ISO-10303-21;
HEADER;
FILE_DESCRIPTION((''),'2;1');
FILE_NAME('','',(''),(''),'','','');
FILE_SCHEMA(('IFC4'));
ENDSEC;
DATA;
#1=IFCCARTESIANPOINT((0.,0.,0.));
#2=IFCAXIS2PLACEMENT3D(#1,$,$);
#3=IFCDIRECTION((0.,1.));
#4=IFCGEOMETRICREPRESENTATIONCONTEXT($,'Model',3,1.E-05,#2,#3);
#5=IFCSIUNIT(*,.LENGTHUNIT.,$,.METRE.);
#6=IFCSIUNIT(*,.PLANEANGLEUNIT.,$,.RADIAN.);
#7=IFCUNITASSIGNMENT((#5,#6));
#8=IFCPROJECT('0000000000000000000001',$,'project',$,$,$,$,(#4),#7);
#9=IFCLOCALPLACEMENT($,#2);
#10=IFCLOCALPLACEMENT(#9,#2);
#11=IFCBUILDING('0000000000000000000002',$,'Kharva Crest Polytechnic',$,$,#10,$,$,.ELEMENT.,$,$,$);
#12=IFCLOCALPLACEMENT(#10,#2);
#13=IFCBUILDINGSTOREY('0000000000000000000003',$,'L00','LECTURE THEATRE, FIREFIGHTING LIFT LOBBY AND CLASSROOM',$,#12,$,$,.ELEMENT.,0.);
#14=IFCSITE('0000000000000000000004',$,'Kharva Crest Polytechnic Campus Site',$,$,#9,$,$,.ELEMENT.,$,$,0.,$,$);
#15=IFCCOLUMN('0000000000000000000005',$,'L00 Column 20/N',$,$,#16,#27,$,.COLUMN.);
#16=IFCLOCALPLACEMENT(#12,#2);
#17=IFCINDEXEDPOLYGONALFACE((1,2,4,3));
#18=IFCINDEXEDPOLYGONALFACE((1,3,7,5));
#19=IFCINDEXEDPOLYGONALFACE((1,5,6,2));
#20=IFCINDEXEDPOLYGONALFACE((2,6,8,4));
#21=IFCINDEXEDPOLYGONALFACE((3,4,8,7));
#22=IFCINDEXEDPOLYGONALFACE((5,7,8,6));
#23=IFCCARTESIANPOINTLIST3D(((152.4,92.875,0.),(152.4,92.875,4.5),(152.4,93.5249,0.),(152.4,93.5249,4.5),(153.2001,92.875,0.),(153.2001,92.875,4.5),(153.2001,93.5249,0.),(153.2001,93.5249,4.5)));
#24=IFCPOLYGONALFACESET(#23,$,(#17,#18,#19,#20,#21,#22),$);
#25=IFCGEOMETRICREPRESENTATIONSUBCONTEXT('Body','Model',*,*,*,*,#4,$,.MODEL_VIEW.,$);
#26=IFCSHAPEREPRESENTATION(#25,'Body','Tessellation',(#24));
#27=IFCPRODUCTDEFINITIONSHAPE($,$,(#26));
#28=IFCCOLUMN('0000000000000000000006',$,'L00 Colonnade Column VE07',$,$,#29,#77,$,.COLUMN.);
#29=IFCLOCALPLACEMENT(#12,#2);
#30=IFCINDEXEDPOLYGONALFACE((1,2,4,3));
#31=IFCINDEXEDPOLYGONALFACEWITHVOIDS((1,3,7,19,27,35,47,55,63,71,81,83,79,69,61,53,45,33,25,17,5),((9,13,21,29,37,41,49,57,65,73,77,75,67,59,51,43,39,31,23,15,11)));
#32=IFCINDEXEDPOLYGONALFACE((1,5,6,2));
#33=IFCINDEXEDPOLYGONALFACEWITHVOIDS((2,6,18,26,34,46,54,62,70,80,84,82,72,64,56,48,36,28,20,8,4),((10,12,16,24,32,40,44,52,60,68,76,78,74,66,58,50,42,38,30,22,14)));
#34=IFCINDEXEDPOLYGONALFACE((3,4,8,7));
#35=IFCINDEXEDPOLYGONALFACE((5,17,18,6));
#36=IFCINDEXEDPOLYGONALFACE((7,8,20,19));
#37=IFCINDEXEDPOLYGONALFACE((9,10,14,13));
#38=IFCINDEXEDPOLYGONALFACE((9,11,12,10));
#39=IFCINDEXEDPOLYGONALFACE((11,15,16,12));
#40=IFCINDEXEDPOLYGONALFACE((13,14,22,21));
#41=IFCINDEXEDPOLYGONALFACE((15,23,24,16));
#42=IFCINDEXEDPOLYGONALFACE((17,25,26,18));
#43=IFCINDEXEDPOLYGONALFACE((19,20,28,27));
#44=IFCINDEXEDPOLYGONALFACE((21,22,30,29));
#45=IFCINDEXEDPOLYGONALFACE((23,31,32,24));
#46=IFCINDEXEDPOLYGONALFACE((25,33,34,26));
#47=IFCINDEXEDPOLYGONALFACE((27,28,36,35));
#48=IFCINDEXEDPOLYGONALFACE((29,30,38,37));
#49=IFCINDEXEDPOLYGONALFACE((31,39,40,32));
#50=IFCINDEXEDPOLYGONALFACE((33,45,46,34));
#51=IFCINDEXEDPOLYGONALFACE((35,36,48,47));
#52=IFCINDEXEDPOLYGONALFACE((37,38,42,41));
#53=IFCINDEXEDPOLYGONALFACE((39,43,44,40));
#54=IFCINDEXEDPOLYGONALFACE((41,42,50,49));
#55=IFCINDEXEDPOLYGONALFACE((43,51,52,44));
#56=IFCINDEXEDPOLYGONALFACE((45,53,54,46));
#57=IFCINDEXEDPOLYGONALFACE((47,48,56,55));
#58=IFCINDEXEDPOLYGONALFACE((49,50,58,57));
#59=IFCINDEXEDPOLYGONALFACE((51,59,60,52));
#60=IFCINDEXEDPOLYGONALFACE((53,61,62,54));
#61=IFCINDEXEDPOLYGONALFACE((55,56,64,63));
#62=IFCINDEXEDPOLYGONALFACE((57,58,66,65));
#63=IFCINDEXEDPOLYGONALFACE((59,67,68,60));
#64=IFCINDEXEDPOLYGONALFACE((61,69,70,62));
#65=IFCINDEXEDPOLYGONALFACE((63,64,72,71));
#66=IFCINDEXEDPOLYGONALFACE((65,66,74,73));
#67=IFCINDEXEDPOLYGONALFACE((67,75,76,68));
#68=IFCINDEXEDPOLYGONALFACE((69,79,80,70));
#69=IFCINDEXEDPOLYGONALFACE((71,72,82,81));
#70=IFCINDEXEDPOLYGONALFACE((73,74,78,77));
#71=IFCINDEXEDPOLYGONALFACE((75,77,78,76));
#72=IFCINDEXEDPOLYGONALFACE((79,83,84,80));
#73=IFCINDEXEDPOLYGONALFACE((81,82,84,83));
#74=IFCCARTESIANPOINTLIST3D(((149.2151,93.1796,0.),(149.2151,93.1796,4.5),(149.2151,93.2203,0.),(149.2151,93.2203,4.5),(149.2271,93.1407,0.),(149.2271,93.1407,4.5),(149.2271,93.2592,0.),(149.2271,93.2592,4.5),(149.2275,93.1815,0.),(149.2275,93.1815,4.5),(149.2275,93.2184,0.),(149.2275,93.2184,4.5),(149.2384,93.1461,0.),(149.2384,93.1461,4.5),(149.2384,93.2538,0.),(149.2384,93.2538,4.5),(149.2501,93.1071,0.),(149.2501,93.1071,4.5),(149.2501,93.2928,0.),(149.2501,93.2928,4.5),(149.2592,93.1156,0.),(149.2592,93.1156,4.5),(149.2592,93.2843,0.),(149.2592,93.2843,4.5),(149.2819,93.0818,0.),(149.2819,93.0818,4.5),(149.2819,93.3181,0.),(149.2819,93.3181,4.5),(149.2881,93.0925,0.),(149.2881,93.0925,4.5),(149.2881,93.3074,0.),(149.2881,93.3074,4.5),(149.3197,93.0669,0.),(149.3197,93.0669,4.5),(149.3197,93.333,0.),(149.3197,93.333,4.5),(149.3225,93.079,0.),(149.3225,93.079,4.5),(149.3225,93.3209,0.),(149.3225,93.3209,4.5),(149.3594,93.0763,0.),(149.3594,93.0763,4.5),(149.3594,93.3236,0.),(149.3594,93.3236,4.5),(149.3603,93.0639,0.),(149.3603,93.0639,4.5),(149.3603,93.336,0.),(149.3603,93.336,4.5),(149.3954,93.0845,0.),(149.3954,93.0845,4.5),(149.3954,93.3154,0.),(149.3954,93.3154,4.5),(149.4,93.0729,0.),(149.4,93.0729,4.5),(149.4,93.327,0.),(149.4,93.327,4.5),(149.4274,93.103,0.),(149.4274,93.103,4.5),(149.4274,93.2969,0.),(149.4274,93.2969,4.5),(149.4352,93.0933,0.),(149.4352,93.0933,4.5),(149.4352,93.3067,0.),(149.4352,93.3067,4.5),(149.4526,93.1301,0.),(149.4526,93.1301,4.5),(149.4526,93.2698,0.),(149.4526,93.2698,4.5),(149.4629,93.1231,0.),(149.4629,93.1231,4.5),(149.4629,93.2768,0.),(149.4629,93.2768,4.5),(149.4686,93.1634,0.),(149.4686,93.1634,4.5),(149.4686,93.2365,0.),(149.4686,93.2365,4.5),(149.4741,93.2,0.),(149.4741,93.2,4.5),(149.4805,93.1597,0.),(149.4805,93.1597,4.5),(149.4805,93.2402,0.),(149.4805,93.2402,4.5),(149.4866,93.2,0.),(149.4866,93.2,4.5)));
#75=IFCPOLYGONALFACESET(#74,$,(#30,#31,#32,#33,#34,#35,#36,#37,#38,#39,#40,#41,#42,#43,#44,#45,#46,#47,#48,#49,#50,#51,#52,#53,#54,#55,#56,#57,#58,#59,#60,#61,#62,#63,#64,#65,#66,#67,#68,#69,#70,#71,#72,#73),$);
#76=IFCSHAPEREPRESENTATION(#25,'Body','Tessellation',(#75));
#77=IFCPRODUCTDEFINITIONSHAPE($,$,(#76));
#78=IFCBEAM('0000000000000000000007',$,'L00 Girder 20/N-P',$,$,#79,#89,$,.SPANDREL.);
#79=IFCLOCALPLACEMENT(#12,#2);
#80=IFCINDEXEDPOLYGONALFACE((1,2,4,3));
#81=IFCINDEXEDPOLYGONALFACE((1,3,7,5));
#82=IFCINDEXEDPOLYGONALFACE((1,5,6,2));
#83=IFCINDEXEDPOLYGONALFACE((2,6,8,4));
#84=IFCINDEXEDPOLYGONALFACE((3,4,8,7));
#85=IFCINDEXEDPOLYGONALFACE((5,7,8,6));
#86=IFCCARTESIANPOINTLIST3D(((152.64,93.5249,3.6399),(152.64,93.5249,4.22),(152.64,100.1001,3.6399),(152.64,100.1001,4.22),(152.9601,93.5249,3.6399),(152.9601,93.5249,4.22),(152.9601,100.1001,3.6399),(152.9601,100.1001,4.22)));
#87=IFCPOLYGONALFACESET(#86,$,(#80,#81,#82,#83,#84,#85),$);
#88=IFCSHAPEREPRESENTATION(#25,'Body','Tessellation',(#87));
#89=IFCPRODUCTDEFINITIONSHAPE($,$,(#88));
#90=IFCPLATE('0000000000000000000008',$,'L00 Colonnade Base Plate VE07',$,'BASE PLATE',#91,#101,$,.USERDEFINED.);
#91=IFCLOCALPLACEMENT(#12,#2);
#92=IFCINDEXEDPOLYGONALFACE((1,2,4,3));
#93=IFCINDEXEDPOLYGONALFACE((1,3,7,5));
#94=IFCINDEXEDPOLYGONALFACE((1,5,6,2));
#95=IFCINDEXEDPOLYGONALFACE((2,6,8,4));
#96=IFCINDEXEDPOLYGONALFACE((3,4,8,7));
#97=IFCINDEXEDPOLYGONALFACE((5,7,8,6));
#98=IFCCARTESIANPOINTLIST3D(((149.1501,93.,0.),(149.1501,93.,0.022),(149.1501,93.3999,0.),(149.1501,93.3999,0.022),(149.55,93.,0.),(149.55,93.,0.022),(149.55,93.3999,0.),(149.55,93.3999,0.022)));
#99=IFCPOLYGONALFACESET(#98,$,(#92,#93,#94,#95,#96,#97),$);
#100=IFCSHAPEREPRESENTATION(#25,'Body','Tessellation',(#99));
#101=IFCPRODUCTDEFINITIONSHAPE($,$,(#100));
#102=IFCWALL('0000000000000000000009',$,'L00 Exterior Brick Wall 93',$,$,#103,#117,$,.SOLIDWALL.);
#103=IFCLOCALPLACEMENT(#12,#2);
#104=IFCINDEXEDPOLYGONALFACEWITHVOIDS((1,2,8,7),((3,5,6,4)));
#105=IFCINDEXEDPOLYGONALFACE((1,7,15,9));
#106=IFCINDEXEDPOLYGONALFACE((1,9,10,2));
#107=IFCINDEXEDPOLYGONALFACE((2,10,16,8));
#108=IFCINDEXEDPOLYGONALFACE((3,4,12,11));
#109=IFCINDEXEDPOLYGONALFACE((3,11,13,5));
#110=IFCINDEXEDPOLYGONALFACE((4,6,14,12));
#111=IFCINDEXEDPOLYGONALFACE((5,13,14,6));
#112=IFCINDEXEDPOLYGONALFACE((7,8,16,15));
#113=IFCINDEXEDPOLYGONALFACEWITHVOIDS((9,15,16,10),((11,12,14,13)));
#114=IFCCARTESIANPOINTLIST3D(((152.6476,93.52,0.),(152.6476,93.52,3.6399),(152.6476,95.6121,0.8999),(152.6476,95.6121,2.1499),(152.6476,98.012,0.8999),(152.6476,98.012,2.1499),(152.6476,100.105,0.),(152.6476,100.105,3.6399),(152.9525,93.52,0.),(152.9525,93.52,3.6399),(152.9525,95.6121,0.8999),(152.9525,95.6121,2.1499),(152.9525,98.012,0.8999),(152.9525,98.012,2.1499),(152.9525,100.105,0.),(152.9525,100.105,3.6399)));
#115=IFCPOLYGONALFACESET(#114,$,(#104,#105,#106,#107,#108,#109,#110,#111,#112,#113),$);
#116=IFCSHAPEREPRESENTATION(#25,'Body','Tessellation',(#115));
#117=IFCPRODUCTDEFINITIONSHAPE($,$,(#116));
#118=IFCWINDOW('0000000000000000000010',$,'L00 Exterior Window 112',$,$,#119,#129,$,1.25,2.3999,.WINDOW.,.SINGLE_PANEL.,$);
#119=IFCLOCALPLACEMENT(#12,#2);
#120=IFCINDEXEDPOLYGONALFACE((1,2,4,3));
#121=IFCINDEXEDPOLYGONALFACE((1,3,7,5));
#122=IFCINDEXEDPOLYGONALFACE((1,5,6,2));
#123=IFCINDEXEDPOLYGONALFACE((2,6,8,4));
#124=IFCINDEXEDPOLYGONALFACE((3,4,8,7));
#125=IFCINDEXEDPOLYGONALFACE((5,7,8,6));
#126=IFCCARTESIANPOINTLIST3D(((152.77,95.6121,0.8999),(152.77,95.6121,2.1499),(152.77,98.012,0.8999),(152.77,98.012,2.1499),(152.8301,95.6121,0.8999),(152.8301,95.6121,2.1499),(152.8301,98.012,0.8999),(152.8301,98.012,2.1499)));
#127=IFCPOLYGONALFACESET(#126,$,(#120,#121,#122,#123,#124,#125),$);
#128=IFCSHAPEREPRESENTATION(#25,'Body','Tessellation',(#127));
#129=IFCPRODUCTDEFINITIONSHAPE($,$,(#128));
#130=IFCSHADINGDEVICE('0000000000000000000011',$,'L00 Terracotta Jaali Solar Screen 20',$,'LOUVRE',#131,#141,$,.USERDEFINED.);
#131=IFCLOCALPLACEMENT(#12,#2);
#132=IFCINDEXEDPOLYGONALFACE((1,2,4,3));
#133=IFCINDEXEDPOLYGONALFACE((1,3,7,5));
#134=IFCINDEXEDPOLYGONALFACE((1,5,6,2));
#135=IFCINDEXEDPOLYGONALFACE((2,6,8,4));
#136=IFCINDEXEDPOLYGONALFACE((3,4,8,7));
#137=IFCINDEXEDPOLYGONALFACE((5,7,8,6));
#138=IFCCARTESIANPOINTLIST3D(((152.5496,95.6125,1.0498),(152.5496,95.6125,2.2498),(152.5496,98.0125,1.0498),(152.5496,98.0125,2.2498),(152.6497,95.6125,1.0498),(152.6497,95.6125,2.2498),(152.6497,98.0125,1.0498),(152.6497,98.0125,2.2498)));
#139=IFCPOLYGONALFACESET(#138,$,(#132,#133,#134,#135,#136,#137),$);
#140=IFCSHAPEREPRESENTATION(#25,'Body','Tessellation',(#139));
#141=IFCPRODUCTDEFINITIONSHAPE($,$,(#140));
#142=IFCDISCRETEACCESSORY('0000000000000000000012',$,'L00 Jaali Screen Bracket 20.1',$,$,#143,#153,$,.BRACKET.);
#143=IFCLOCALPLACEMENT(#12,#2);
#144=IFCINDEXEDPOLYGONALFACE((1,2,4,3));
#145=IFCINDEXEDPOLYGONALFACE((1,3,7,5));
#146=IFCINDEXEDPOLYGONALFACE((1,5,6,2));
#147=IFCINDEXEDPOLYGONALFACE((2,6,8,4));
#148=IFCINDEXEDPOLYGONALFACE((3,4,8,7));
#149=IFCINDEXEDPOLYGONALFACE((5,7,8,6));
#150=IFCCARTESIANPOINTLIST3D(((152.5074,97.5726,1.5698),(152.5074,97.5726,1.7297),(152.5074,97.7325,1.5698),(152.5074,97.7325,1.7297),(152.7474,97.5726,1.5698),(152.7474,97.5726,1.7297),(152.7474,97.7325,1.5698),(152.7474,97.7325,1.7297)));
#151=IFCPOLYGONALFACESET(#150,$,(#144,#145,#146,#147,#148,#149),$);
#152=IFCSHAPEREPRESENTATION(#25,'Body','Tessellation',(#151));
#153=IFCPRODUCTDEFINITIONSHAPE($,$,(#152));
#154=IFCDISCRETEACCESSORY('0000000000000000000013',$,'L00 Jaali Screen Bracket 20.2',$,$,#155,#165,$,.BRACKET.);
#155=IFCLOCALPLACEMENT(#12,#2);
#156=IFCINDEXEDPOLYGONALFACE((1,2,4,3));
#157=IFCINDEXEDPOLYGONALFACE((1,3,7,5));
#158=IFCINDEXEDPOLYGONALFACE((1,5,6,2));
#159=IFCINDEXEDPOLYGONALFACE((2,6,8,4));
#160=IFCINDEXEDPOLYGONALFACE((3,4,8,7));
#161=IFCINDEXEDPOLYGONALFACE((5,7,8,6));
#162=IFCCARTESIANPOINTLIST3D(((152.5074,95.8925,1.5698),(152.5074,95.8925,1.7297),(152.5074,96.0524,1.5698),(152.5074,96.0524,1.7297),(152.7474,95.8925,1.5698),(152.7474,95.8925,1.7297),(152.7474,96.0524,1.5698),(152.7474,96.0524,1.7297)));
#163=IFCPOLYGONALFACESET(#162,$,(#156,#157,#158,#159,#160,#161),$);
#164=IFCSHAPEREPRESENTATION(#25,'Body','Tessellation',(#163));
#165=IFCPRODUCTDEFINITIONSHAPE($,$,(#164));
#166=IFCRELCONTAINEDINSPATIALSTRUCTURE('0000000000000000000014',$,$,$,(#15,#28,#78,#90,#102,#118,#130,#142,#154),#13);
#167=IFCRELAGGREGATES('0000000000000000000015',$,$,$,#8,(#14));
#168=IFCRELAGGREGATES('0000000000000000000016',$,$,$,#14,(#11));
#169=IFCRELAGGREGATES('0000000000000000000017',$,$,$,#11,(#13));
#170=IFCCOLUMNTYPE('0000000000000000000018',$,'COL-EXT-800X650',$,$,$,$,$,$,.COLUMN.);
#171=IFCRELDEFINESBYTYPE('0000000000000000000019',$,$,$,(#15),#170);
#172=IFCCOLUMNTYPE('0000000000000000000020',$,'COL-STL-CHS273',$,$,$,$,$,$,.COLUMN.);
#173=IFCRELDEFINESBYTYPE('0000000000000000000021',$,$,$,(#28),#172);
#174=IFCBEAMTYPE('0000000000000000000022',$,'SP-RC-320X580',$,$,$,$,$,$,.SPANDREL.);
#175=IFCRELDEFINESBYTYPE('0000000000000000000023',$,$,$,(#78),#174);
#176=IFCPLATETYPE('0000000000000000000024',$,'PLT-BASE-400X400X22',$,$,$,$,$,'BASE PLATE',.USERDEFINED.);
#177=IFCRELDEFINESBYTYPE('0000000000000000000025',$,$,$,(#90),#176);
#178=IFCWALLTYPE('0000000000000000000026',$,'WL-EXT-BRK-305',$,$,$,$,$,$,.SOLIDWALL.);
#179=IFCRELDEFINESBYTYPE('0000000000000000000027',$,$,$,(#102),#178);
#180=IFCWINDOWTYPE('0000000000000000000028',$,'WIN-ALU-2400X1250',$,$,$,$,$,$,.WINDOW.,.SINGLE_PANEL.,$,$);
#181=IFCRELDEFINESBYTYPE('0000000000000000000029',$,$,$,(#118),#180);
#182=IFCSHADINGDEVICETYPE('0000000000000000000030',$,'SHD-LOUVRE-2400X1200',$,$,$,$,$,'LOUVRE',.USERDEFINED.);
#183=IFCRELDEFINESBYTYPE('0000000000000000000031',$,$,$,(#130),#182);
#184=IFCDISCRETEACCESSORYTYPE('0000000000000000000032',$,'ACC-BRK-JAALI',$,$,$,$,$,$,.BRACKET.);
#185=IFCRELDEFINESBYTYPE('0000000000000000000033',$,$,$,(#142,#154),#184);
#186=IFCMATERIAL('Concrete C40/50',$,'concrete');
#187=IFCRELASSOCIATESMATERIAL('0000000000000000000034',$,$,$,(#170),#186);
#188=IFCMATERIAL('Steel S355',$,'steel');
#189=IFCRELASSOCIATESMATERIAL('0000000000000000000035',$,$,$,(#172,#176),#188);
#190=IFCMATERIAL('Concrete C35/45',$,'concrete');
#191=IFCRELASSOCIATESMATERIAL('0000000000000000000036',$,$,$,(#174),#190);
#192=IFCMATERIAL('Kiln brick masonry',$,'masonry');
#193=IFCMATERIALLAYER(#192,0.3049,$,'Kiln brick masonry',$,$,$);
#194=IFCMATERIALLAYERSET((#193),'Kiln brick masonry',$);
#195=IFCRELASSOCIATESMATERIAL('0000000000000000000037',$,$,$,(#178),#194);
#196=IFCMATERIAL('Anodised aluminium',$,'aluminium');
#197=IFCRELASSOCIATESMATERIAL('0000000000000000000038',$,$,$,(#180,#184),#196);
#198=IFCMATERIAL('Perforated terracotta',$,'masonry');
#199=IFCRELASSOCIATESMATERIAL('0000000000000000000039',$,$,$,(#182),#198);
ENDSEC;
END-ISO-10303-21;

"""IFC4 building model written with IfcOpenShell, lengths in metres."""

from ifc_helpers import new_model, si_unit, direction, frame, frame_2d, origin, origin_2d, place, context, subcontext, project, spatial, rectangle, hollow_circle, extrude, material, layer, layer_set, material_profile, profile_set, type_object, element, fill, save


model = new_model("IFC4")

# Units and contexts
model_context = context("Model", 3, precision=1e-05, world=origin(), true_north=direction((0.0, 1.0)))
body_context = subcontext(model_context, "Body", "Model", "MODEL_VIEW")
ifc_project = project(units=[si_unit("LENGTHUNIT", "METRE"), si_unit("PLANEANGLEUNIT", "RADIAN")], contexts=[model_context])

# Site, building, storey
site_placement = place(None, origin())
site = spatial("IfcSite", under=ifc_project, at=site_placement, Name="Kharva Crest Polytechnic Campus Site", CompositionType="ELEMENT", RefElevation=0.0)
building_placement = place(site_placement, origin())
building = spatial("IfcBuilding", under=site, at=building_placement, Name="Kharva Crest Polytechnic", CompositionType="ELEMENT")
storey_placement = place(building_placement, origin())
storey = spatial("IfcBuildingStorey", under=building, at=storey_placement, Name="L00", Description="LECTURE THEATRE, FIREFIGHTING LIFT LOBBY AND CLASSROOM", CompositionType="ELEMENT", Elevation=0.0)

# Shared definitions
ifc_material_1 = material(Name="Concrete C35/45", Category="concrete")

# Columns
ifc_material_2 = material(Name="Concrete C40/50", Category="concrete")
ifc_material_profile_1 = material_profile(ifc_material_2, rectangle(XDim=0.8, YDim=0.6499, at=origin_2d()), Name="RECT 800 X 650")
ifc_profile_set_1 = profile_set([ifc_material_profile_1], Name="Concrete C40/50")
column_type_1 = type_object("IfcColumnType", Name="COL-EXT-800X650", PredefinedType="COLUMN", material=ifc_profile_set_1)
column_1_placement = place(storey_placement, frame((152.8, 93.2, 0.0), z_axis=(0.0, 0.0, 1.0), x_axis=(1.0, 0.0, 0.0)))
element("IfcColumn", 1, at=column_1_placement, inside=storey, type_object=column_type_1, Name="L00 Column 20/N", PredefinedType="COLUMN", context=body_context, shape_type="SweptSolid", body=[
    extrude(rectangle(XDim=0.8, YDim=0.6499, at=origin_2d()), origin(), (0.0, 0.0, 1.0), 4.5),
])
ifc_material_3 = material(Name="Steel S355", Category="steel")
ifc_material_profile_2 = material_profile(ifc_material_3, hollow_circle(Radius=0.1365, WallThickness=0.0125, at=origin_2d()), Name="CHS 273.0X12.5")
ifc_profile_set_2 = profile_set([ifc_material_profile_2], Name="Steel S355")
column_type_2 = type_object("IfcColumnType", Name="COL-STL-CHS273", PredefinedType="COLUMN", material=ifc_profile_set_2)
column_2_placement = place(storey_placement, frame((149.3501, 93.2, 0.0), z_axis=(0.0, 0.0, 1.0), x_axis=(1.0, 0.0, 0.0)))
element("IfcColumn", 2, at=column_2_placement, inside=storey, type_object=column_type_2, Name="L00 Colonnade Column VE07", PredefinedType="COLUMN", context=body_context, shape_type="SweptSolid", body=[
    extrude(hollow_circle(Radius=0.1365, WallThickness=0.0125, at=origin_2d()), origin(), (0.0, 0.0, 1.0), 4.5),
])

# Beam
ifc_material_profile_3 = material_profile(ifc_material_1, rectangle(XDim=0.3201, YDim=0.5801, at=origin_2d()), Name="RECT 320 X 580")
ifc_profile_set_3 = profile_set([ifc_material_profile_3], Name="Concrete C35/45")
beam_type = type_object("IfcBeamType", Name="SP-RC-320X580", PredefinedType="SPANDREL", material=ifc_profile_set_3)
beam_placement = place(storey_placement, frame((152.8, 93.5249, 3.9299), z_axis=(0.0, 1.0, 0.0), x_axis=(-1.0, 0.0, 0.0)))
element("IfcBeam", 3, at=beam_placement, inside=storey, type_object=beam_type, Name="L00 Girder 20/N-P", PredefinedType="SPANDREL", context=body_context, shape_type="SweptSolid", body=[
    extrude(rectangle(XDim=0.3201, YDim=0.5801, at=origin_2d()), origin(), (0.0, 0.0, 1.0), 6.5752),
])

# Plate
plate_type = type_object("IfcPlateType", Name="PLT-BASE-400X400X22", ElementType="BASE PLATE", PredefinedType="USERDEFINED", material=ifc_material_3)
plate_placement = place(storey_placement, frame((149.3501, 93.2, 0.0), z_axis=(0.0, 0.0, 1.0), x_axis=(1.0, 0.0, 0.0)))
element("IfcPlate", 4, at=plate_placement, inside=storey, type_object=plate_type, Name="L00 Colonnade Base Plate VE07", ObjectType="BASE PLATE", PredefinedType="USERDEFINED", context=body_context, shape_type="SweptSolid", body=[
    extrude(rectangle(XDim=0.3999, YDim=0.3999, at=origin_2d()), origin(), (0.0, 0.0, 1.0), 0.022),
])

# Shared definitions
ifc_material_4 = material(Name="Kiln brick masonry", Category="masonry")
ifc_material_5 = material(Name="Anodised aluminium", Category="aluminium")

# Wall, opening, window
ifc_layer_1 = layer(ifc_material_4, 0.3049, Name="Kiln brick masonry")
ifc_layer_set_1 = layer_set([ifc_layer_1], Name="Kiln brick masonry")
wall_type_1 = type_object("IfcWallType", Name="WL-EXT-BRK-305", PredefinedType="SOLIDWALL", material=ifc_layer_set_1)
wall_1_placement = place(storey_placement, frame((152.8, 100.105, 0.0), z_axis=(0.0, 0.0, 1.0), x_axis=(0.0, -1.0, 0.0)))
wall_1 = element("IfcWall", 5, at=wall_1_placement, inside=storey, type_object=wall_type_1, Name="L00 Exterior Brick Wall 93", PredefinedType="SOLIDWALL", context=body_context, shape_type="SweptSolid", body=[
    extrude(rectangle(XDim=6.585, YDim=0.3049, at=frame_2d((3.2925, 0.0))), origin(), (0.0, 0.0, 1.0), 3.6399),
])
opening_1_placement = place(wall_1_placement, frame((2.093, 0.0, 0.8999)))
opening_1 = element("IfcOpeningElement", 6, at=opening_1_placement, cuts=wall_1, PredefinedType="OPENING", context=body_context, shape_type="SweptSolid", body=[
    extrude(rectangle(XDim=2.3999, YDim=1.25, at=frame_2d((1.2, 0.625))), frame((0.0, 0.1624, 0.0), z_axis=(0.0, -1.0, 0.0), x_axis=(1.0, 0.0, 0.0)), (0.0, 0.0, 1.0), 0.325),
])
window_type = type_object("IfcWindowType", Name="WIN-ALU-2400X1250", PartitioningType="SINGLE_PANEL", PredefinedType="WINDOW", material=ifc_material_5)
window_placement = place(opening_1_placement, origin())
window = element("IfcWindow", 7, at=window_placement, inside=storey, type_object=window_type, Name="L00 Exterior Window 112", OverallHeight=1.25, OverallWidth=2.3999, PartitioningType="SINGLE_PANEL", PredefinedType="WINDOW", context=body_context, shape_type="SweptSolid", body=[
    extrude(rectangle(XDim=2.3999, YDim=1.25, at=frame_2d((1.2, 0.625))), frame((0.0, 0.03, 0.0), z_axis=(0.0, -1.0, 0.0), x_axis=(1.0, 0.0, 0.0)), (0.0, 0.0, 1.0), 0.0601),
])
fill(opening_1, window)

# Shading device
ifc_material_6 = material(Name="Perforated terracotta", Category="masonry")
shading_device_type = type_object("IfcShadingDeviceType", Name="SHD-LOUVRE-2400X1200", ElementType="LOUVRE", PredefinedType="USERDEFINED", material=ifc_material_6)
shading_device_placement = place(storey_placement, frame((152.5996, 96.8125, 1.0498), z_axis=(0.0, 0.0, 1.0), x_axis=(0.0, 1.0, 0.0)))
element("IfcShadingDevice", 8, at=shading_device_placement, inside=storey, type_object=shading_device_type, Name="L00 Terracotta Jaali Solar Screen 20", ObjectType="LOUVRE", PredefinedType="USERDEFINED", context=body_context, shape_type="SweptSolid", body=[
    extrude(rectangle(XDim=2.3999, YDim=0.1001, at=origin_2d()), origin(), (0.0, 0.0, 1.0), 1.2),
])

# Discrete accessories
discrete_accessory_type = type_object("IfcDiscreteAccessoryType", Name="ACC-BRK-JAALI", PredefinedType="BRACKET", material=ifc_material_5)
for number, where, z_axis, x_axis, name in (
    (9, (152.6274, 97.6526, 1.5698), (0.0, 0.0, 1.0), (0.0, 1.0, 0.0), "L00 Jaali Screen Bracket 20.1"),
    (10, (152.6274, 95.9724, 1.5698), (0.0, 0.0, 1.0), (0.0, 1.0, 0.0), "L00 Jaali Screen Bracket 20.2"),
):
    element("IfcDiscreteAccessory", number, at=place(storey_placement, frame(where, z_axis=z_axis, x_axis=x_axis)), inside=storey, type_object=discrete_accessory_type, Name=name, PredefinedType="BRACKET", context=body_context, shape_type="SweptSolid", body=[
        extrude(rectangle(XDim=0.1599, YDim=0.24, at=origin_2d()), origin(), (0.0, 0.0, 1.0), 0.1599),
    ])

save(model, "model.ifc")
